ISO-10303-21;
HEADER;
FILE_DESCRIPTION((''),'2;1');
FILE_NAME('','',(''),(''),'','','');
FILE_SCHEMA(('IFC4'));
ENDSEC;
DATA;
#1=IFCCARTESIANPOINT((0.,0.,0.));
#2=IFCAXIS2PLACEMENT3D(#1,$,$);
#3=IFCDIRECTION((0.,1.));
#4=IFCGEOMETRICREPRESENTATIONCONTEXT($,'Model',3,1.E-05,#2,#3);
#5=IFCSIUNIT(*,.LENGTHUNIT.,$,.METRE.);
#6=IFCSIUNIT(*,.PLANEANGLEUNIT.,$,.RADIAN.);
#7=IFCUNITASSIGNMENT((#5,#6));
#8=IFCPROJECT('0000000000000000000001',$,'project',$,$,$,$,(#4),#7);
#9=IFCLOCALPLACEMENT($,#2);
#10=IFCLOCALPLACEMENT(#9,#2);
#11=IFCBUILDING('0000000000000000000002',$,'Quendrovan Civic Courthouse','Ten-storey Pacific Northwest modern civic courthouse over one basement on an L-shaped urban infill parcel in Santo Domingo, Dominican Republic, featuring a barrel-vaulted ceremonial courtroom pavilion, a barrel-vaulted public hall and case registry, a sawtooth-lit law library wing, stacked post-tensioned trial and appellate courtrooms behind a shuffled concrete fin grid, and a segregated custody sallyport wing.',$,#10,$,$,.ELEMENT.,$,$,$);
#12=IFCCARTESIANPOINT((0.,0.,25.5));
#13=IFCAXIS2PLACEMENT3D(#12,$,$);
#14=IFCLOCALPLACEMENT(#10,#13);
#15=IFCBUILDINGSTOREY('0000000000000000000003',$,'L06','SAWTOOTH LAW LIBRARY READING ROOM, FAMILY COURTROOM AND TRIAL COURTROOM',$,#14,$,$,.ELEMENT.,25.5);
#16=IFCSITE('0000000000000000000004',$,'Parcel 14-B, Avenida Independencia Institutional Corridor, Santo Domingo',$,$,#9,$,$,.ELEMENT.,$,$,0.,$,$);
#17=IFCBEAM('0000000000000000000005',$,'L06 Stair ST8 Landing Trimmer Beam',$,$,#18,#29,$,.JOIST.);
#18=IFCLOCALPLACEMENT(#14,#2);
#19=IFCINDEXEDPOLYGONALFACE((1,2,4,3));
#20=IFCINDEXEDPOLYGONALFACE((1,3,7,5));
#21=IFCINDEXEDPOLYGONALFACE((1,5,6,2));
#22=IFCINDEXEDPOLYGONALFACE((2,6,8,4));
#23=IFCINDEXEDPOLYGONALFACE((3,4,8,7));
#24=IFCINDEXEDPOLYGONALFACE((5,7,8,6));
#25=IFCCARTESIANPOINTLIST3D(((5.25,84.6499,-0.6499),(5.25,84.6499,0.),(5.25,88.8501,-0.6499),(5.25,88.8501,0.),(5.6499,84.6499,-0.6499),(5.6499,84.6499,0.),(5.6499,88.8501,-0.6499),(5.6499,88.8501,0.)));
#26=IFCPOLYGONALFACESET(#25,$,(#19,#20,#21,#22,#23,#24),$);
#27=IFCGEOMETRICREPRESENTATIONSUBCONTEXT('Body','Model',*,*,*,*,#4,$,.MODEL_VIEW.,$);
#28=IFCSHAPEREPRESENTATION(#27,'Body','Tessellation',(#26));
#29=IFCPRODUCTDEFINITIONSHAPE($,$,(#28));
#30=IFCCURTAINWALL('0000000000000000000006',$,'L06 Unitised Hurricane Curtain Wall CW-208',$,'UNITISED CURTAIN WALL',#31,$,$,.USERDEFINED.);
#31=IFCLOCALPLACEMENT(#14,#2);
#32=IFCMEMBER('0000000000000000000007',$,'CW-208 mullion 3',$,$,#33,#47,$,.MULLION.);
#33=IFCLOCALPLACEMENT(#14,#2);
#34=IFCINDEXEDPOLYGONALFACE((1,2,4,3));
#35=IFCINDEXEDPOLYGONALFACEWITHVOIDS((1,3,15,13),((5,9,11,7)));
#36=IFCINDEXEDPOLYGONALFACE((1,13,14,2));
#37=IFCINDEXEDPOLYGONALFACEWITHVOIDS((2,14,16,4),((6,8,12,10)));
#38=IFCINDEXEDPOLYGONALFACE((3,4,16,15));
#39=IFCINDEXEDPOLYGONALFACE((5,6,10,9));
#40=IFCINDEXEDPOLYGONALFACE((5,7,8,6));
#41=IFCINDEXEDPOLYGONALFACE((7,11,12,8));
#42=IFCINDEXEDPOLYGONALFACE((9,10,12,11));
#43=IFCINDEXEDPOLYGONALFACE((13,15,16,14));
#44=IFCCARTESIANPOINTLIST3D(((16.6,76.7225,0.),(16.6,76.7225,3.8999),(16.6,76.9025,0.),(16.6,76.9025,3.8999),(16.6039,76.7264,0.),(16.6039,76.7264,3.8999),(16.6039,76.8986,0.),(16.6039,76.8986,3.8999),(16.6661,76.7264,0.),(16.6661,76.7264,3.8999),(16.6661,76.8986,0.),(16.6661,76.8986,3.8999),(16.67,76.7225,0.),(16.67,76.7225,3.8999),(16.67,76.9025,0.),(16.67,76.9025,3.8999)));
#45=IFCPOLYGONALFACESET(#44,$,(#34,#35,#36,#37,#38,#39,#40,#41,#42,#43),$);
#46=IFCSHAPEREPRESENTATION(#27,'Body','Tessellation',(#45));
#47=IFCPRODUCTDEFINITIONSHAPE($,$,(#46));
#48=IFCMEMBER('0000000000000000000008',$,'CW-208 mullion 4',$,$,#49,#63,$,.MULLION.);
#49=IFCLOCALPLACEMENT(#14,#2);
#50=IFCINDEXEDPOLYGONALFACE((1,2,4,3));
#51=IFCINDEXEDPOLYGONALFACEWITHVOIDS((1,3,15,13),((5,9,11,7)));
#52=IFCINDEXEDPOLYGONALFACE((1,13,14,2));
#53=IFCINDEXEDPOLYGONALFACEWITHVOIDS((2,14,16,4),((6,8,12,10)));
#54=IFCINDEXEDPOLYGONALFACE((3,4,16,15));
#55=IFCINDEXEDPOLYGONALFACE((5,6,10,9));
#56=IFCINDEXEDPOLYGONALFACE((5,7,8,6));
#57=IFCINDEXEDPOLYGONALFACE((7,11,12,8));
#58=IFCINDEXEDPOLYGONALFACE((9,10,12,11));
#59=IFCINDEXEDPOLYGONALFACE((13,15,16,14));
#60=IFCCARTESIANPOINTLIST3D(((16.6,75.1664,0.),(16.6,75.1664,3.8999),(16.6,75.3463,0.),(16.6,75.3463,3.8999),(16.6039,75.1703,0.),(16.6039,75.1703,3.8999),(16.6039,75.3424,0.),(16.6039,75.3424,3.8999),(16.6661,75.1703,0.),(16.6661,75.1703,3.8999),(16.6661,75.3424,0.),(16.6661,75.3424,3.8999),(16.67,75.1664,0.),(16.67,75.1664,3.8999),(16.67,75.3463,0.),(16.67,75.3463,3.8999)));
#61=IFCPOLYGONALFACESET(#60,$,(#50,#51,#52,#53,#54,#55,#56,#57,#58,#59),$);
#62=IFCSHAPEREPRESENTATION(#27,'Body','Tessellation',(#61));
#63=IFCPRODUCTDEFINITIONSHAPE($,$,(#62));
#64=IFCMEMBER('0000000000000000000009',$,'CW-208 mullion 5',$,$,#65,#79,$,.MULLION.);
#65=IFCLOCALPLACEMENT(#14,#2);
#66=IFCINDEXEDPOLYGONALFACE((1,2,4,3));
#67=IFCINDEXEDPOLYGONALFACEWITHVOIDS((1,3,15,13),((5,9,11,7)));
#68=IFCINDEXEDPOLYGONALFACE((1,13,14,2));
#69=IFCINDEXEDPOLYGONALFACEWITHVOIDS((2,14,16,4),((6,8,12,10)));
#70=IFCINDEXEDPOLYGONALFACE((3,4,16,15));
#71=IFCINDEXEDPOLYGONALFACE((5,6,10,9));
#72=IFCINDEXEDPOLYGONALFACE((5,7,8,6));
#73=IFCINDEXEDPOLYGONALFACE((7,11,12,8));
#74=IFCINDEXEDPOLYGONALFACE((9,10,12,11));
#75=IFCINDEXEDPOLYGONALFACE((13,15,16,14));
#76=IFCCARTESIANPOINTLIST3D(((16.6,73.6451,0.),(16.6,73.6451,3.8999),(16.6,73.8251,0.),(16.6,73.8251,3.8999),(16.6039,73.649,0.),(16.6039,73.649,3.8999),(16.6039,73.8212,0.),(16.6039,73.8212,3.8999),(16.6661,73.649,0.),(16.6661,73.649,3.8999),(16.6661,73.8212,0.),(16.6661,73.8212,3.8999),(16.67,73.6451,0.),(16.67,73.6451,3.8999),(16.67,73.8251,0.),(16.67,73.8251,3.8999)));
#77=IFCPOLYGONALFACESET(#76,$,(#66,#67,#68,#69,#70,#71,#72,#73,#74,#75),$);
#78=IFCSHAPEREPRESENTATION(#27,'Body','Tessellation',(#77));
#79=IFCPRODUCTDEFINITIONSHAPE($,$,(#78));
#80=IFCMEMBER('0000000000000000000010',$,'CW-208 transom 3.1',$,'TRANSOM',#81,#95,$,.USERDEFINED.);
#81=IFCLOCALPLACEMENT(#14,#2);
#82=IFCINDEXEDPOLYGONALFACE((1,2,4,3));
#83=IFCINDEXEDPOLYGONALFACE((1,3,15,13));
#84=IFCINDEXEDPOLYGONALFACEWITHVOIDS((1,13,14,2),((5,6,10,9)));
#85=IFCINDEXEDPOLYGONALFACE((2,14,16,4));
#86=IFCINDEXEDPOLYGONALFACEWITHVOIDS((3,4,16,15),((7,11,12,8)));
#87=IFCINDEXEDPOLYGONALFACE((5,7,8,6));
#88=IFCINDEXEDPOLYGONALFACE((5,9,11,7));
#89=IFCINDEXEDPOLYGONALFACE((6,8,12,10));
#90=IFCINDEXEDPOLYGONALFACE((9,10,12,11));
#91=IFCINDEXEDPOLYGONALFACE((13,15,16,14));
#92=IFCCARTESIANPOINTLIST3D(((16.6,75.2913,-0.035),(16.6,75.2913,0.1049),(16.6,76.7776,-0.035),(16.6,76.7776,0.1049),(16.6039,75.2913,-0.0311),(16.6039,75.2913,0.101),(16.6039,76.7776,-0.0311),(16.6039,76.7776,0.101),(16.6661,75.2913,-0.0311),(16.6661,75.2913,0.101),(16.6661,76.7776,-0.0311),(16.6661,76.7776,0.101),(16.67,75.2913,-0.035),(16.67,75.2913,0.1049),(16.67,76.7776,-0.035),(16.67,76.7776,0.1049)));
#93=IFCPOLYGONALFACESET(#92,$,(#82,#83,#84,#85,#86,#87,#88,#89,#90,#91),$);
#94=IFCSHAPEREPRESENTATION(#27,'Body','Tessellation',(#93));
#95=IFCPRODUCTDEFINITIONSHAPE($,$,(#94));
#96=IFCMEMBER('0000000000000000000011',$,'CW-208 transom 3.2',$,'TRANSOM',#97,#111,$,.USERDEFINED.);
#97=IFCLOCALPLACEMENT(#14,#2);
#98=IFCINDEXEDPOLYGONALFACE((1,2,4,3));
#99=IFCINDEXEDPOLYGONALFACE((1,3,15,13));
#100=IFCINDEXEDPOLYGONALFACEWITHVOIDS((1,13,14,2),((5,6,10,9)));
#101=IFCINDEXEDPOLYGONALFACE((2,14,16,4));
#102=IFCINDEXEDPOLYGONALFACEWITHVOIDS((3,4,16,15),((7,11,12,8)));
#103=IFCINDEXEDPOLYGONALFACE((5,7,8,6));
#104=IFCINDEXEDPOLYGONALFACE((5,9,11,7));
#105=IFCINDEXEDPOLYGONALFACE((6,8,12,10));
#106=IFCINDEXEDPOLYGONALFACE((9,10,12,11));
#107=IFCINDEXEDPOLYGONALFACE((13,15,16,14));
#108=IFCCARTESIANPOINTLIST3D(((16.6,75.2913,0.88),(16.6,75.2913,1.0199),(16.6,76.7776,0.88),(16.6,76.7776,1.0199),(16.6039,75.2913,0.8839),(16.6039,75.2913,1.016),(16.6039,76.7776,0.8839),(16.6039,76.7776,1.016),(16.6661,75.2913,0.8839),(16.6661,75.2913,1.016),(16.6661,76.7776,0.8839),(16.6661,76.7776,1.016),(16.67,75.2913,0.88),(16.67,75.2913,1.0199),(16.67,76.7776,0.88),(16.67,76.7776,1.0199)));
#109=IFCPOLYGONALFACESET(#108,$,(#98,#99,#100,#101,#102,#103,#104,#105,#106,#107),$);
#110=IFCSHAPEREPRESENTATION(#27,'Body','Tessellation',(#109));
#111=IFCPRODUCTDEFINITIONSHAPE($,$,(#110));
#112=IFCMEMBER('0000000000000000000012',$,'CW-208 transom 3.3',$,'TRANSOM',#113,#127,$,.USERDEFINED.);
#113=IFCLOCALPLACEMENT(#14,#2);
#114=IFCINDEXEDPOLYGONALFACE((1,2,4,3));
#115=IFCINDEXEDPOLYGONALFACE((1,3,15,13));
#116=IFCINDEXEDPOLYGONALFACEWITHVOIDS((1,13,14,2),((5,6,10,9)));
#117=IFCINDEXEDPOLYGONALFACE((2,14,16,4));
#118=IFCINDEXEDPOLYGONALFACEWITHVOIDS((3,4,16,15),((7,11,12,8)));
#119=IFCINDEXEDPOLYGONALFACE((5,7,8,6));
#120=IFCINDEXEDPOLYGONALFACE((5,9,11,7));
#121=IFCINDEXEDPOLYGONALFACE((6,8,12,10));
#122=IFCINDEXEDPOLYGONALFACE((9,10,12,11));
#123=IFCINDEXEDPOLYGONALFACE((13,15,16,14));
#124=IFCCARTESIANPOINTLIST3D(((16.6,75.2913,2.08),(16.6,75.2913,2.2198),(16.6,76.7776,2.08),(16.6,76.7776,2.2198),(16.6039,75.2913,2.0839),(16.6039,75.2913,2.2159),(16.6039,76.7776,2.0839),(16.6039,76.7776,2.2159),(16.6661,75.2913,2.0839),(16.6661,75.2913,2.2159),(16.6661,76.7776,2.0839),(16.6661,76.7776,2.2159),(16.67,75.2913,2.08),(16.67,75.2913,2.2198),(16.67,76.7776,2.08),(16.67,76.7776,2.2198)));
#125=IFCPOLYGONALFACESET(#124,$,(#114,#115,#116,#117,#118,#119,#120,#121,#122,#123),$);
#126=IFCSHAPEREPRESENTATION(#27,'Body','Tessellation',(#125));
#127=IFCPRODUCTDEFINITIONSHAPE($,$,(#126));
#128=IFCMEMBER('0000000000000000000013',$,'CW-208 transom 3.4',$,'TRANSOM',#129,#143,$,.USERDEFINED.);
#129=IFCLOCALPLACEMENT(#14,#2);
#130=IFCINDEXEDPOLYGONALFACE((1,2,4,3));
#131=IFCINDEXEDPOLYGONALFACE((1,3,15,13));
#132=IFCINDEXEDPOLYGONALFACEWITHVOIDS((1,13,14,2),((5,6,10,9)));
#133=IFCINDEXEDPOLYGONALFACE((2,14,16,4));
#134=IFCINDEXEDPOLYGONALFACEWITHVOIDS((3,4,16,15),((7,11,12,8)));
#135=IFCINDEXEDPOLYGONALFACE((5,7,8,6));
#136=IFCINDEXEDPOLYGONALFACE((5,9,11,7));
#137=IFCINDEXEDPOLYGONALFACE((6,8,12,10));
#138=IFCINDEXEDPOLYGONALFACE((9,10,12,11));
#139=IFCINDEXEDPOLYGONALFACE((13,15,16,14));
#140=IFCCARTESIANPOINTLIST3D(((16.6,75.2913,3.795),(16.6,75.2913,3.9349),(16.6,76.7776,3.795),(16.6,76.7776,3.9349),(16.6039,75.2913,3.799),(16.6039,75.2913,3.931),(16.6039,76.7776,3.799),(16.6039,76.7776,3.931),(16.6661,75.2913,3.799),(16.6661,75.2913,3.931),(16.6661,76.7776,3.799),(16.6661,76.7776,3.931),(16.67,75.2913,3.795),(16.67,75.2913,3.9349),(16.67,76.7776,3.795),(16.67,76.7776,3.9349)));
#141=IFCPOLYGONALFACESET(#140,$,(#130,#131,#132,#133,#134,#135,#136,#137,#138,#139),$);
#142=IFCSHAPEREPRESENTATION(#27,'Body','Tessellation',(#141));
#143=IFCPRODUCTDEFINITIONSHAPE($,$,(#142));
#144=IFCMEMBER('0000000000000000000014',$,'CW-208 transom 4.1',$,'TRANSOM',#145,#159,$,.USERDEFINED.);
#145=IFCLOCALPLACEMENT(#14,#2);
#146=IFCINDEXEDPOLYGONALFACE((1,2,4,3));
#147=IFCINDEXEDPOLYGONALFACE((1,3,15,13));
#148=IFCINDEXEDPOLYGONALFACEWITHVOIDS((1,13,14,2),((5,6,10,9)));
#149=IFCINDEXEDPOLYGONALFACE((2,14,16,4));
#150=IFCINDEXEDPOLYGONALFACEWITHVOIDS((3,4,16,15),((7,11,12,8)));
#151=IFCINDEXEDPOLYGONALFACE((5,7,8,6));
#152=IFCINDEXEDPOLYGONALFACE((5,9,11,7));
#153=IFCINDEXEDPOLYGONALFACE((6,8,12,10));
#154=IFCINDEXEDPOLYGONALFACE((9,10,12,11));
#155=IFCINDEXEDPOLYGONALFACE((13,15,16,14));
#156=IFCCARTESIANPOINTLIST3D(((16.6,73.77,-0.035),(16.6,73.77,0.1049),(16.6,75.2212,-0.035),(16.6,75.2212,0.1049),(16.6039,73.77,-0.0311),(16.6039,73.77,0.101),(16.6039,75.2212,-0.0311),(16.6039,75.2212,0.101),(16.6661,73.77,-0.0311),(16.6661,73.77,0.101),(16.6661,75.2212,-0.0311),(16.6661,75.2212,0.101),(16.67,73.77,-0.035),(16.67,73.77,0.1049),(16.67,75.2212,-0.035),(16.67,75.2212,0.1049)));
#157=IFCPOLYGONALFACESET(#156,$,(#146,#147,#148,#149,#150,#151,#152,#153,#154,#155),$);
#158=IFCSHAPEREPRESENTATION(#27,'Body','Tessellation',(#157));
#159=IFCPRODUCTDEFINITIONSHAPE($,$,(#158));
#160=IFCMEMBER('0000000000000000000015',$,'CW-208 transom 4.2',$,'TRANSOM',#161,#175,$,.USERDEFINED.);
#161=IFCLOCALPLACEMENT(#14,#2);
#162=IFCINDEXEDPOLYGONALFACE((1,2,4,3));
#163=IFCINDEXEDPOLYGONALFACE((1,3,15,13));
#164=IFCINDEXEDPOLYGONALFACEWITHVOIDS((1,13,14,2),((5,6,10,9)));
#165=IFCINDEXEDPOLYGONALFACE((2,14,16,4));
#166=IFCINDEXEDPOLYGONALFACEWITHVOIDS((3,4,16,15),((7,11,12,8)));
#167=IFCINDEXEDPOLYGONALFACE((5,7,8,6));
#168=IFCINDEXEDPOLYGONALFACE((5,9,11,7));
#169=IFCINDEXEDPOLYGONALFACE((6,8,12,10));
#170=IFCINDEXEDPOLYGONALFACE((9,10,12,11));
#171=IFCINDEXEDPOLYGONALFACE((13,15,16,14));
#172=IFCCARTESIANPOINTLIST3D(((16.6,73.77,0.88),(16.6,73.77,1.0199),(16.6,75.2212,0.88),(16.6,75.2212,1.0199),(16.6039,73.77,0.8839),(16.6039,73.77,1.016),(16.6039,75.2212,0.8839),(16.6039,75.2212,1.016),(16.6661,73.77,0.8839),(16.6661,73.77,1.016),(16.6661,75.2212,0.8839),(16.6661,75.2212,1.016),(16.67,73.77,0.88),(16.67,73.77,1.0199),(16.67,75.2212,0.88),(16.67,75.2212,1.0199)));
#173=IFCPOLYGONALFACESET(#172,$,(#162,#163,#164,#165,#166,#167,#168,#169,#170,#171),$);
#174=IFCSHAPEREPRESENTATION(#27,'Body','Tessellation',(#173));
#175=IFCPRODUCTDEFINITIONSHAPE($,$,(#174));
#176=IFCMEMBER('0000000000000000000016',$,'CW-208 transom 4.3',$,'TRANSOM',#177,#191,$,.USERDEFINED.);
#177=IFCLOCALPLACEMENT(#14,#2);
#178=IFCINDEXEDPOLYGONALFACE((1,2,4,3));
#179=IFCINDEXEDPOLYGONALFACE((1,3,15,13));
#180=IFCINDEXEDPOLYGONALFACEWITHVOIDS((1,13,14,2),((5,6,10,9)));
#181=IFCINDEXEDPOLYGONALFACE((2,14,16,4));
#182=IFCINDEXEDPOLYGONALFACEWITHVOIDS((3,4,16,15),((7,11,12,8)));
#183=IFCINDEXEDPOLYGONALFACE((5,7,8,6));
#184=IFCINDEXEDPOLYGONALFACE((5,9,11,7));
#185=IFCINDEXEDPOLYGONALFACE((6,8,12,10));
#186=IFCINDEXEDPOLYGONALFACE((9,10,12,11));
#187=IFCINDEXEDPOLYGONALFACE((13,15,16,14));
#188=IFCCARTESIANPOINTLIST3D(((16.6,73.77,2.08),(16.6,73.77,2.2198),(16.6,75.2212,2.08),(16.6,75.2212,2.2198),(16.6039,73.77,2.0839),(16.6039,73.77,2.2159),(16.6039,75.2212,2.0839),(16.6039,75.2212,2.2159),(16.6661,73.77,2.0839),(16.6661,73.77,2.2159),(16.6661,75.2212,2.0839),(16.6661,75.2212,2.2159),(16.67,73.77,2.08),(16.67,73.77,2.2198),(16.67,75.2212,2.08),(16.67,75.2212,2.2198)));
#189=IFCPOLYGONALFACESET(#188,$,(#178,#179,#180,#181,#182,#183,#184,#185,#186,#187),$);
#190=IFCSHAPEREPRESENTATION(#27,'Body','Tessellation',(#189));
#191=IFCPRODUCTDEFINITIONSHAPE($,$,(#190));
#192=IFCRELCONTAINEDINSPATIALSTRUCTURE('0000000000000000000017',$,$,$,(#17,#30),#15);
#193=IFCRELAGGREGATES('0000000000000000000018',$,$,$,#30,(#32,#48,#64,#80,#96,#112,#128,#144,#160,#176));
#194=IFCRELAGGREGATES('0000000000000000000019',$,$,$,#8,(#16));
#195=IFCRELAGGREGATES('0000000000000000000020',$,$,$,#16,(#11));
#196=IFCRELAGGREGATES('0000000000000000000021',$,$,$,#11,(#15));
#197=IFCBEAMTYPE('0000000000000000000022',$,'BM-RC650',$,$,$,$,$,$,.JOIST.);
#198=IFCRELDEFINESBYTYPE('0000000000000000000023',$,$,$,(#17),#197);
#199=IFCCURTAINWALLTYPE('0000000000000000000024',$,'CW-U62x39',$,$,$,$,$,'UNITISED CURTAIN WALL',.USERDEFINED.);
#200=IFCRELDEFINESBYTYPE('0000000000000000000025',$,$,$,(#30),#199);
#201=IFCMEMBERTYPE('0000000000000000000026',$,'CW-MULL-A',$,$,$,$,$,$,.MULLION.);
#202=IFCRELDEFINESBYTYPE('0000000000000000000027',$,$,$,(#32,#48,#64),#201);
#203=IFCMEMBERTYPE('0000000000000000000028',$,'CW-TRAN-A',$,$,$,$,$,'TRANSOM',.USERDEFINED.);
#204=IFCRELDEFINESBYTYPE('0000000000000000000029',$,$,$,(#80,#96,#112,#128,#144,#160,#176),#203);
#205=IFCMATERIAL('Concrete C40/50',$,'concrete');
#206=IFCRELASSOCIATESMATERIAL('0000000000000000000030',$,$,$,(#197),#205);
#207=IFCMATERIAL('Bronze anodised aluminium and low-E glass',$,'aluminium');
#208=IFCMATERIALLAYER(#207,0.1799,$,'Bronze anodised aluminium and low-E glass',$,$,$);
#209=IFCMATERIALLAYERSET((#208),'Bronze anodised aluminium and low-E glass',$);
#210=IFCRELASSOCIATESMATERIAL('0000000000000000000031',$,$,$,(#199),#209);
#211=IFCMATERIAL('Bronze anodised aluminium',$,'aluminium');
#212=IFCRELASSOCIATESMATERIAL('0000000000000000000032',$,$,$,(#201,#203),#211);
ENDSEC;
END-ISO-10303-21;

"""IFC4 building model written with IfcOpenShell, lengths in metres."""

from ifc_helpers import new_model, si_unit, direction, frame, origin, origin_2d, place, context, subcontext, project, spatial, rectangle, hollow_rectangle, extrude, material, layer, layer_set, material_profile, profile_set, type_object, element, aggregate, save


model = new_model("IFC4")

# Units and contexts
model_context = context("Model", 3, precision=1e-05, world=origin(), true_north=direction((0.0, 1.0)))
body_context = subcontext(model_context, "Body", "Model", "MODEL_VIEW")
ifc_project = project(units=[si_unit("LENGTHUNIT", "METRE"), si_unit("PLANEANGLEUNIT", "RADIAN")], contexts=[model_context])

# Site, building, storey
site_placement = place(None, origin())
site = spatial("IfcSite", under=ifc_project, at=site_placement, Name="Parcel 14-B, Avenida Independencia Institutional Corridor, Santo Domingo", CompositionType="ELEMENT", RefElevation=0.0)
building_placement = place(site_placement, origin())
building = spatial("IfcBuilding", under=site, at=building_placement, Name="Quendrovan Civic Courthouse", Description="Ten-storey Pacific Northwest modern civic courthouse over one basement on an L-shaped urban infill parcel in Santo Domingo, Dominican Republic, featuring a barrel-vaulted ceremonial courtroom pavilion, a barrel-vaulted public hall and case registry, a sawtooth-lit law library wing, stacked post-tensioned trial and appellate courtrooms behind a shuffled concrete fin grid, and a segregated custody sallyport wing.", CompositionType="ELEMENT")
storey_placement = place(building_placement, frame((0.0, 0.0, 25.5)))
storey = spatial("IfcBuildingStorey", under=building, at=storey_placement, Name="L06", Description="SAWTOOTH LAW LIBRARY READING ROOM, FAMILY COURTROOM AND TRIAL COURTROOM", CompositionType="ELEMENT", Elevation=25.5)

# Beam
ifc_material_1 = material(Name="Concrete C40/50", Category="concrete")
ifc_material_profile_1 = material_profile(ifc_material_1, rectangle(XDim=0.3999, YDim=0.6499, at=origin_2d()), Name="RC-BM-400x650")
ifc_profile_set_1 = profile_set([ifc_material_profile_1], Name="Concrete C40/50")
beam_type = type_object("IfcBeamType", Name="BM-RC650", PredefinedType="JOIST", material=ifc_profile_set_1)
beam_placement = place(storey_placement, frame((5.45, 84.6499, -0.325), z_axis=(0.0, 1.0, 0.0), x_axis=(-1.0, 0.0, 0.0)))
element("IfcBeam", 1, at=beam_placement, inside=storey, type_object=beam_type, Name="L06 Stair ST8 Landing Trimmer Beam", PredefinedType="JOIST", context=body_context, shape_type="SweptSolid", body=[
    extrude(rectangle(XDim=0.3999, YDim=0.6499, at=origin_2d()), origin(), (0.0, 0.0, 1.0), 4.2002),
])

# Curtain wall, members
ifc_material_2 = material(Name="Bronze anodised aluminium and low-E glass", Category="aluminium")
ifc_layer_1 = layer(ifc_material_2, 0.1799, Name="Bronze anodised aluminium and low-E glass")
ifc_layer_set_1 = layer_set([ifc_layer_1], Name="Bronze anodised aluminium and low-E glass")
curtain_wall_type = type_object("IfcCurtainWallType", Name="CW-U62x39", ElementType="UNITISED CURTAIN WALL", PredefinedType="USERDEFINED", material=ifc_layer_set_1)
curtain_wall_placement = place(storey_placement, origin())
curtain_wall = element("IfcCurtainWall", 2, at=curtain_wall_placement, inside=storey, type_object=curtain_wall_type, Name="L06 Unitised Hurricane Curtain Wall CW-208", ObjectType="UNITISED CURTAIN WALL", PredefinedType="USERDEFINED")
ifc_material_3 = material(Name="Bronze anodised aluminium", Category="aluminium")
ifc_material_profile_2 = material_profile(ifc_material_3, hollow_rectangle(XDim=0.0701, YDim=0.1799, WallThickness=0.0039, at=origin_2d()), Name="CW-MULL-70x180")
ifc_profile_set_2 = profile_set([ifc_material_profile_2], Name="Bronze anodised aluminium")
member_type_1 = type_object("IfcMemberType", Name="CW-MULL-A", PredefinedType="MULLION", material=ifc_profile_set_2)
member_1_placement = place(storey_placement, frame((16.635, 76.8125, 0.0), z_axis=(0.0, 0.0, 1.0), x_axis=(1.0, 0.0, 0.0)))
member_1 = element("IfcMember", 3, at=member_1_placement, type_object=member_type_1, Name="CW-208 mullion 3", PredefinedType="MULLION", context=body_context, shape_type="SweptSolid", body=[
    extrude(hollow_rectangle(XDim=0.0701, YDim=0.1799, WallThickness=0.0039, at=origin_2d()), origin(), (0.0, 0.0, 1.0), 3.8999),
])
member_2_placement = place(storey_placement, frame((16.635, 75.2563, 0.0), z_axis=(0.0, 0.0, 1.0), x_axis=(1.0, 0.0, 0.0)))
member_2 = element("IfcMember", 4, at=member_2_placement, type_object=member_type_1, Name="CW-208 mullion 4", PredefinedType="MULLION", context=body_context, shape_type="SweptSolid", body=[
    extrude(hollow_rectangle(XDim=0.0701, YDim=0.1799, WallThickness=0.0039, at=origin_2d()), origin(), (0.0, 0.0, 1.0), 3.8999),
])
member_3_placement = place(storey_placement, frame((16.635, 73.7351, 0.0), z_axis=(0.0, 0.0, 1.0), x_axis=(1.0, 0.0, 0.0)))
member_3 = element("IfcMember", 5, at=member_3_placement, type_object=member_type_1, Name="CW-208 mullion 5", PredefinedType="MULLION", context=body_context, shape_type="SweptSolid", body=[
    extrude(hollow_rectangle(XDim=0.0701, YDim=0.1799, WallThickness=0.0039, at=origin_2d()), origin(), (0.0, 0.0, 1.0), 3.8999),
])
ifc_material_profile_3 = material_profile(ifc_material_3, hollow_rectangle(XDim=0.0701, YDim=0.1399, WallThickness=0.0039, at=origin_2d()), Name="CW-TRAN-70x140")
ifc_profile_set_3 = profile_set([ifc_material_profile_3], Name="Bronze anodised aluminium")
member_type_2 = type_object("IfcMemberType", Name="CW-TRAN-A", ElementType="TRANSOM", PredefinedType="USERDEFINED", material=ifc_profile_set_3)
member_4_placement = place(storey_placement, frame((16.635, 76.7776, 0.0349), z_axis=(0.0, -1.0, 0.0), x_axis=(1.0, 0.0, 0.0)))
member_4 = element("IfcMember", 6, at=member_4_placement, type_object=member_type_2, Name="CW-208 transom 3.1", ObjectType="TRANSOM", PredefinedType="USERDEFINED", context=body_context, shape_type="SweptSolid", body=[
    extrude(hollow_rectangle(XDim=0.0701, YDim=0.1399, WallThickness=0.0039, at=origin_2d()), origin(), (0.0, 0.0, 1.0), 1.4863),
])
member_5_placement = place(storey_placement, frame((16.635, 76.7776, 0.95), z_axis=(0.0, -1.0, 0.0), x_axis=(1.0, 0.0, 0.0)))
member_5 = element("IfcMember", 7, at=member_5_placement, type_object=member_type_2, Name="CW-208 transom 3.2", ObjectType="TRANSOM", PredefinedType="USERDEFINED", context=body_context, shape_type="SweptSolid", body=[
    extrude(hollow_rectangle(XDim=0.0701, YDim=0.1399, WallThickness=0.0039, at=origin_2d()), origin(), (0.0, 0.0, 1.0), 1.4863),
])
member_6_placement = place(storey_placement, frame((16.635, 76.7776, 2.1499), z_axis=(0.0, -1.0, 0.0), x_axis=(1.0, 0.0, 0.0)))
member_6 = element("IfcMember", 8, at=member_6_placement, type_object=member_type_2, Name="CW-208 transom 3.3", ObjectType="TRANSOM", PredefinedType="USERDEFINED", context=body_context, shape_type="SweptSolid", body=[
    extrude(hollow_rectangle(XDim=0.0701, YDim=0.1399, WallThickness=0.0039, at=origin_2d()), origin(), (0.0, 0.0, 1.0), 1.4863),
])
member_7_placement = place(storey_placement, frame((16.635, 76.7776, 3.865), z_axis=(0.0, -1.0, 0.0), x_axis=(1.0, 0.0, 0.0)))
member_7 = element("IfcMember", 9, at=member_7_placement, type_object=member_type_2, Name="CW-208 transom 3.4", ObjectType="TRANSOM", PredefinedType="USERDEFINED", context=body_context, shape_type="SweptSolid", body=[
    extrude(hollow_rectangle(XDim=0.0701, YDim=0.1399, WallThickness=0.0039, at=origin_2d()), origin(), (0.0, 0.0, 1.0), 1.4863),
])
member_8_placement = place(storey_placement, frame((16.635, 75.2212, 0.0349), z_axis=(0.0, -1.0, 0.0), x_axis=(1.0, 0.0, 0.0)))
member_8 = element("IfcMember", 10, at=member_8_placement, type_object=member_type_2, Name="CW-208 transom 4.1", ObjectType="TRANSOM", PredefinedType="USERDEFINED", context=body_context, shape_type="SweptSolid", body=[
    extrude(hollow_rectangle(XDim=0.0701, YDim=0.1399, WallThickness=0.0039, at=origin_2d()), origin(), (0.0, 0.0, 1.0), 1.4512),
])
member_9_placement = place(storey_placement, frame((16.635, 75.2212, 0.95), z_axis=(0.0, -1.0, 0.0), x_axis=(1.0, 0.0, 0.0)))
member_9 = element("IfcMember", 11, at=member_9_placement, type_object=member_type_2, Name="CW-208 transom 4.2", ObjectType="TRANSOM", PredefinedType="USERDEFINED", context=body_context, shape_type="SweptSolid", body=[
    extrude(hollow_rectangle(XDim=0.0701, YDim=0.1399, WallThickness=0.0039, at=origin_2d()), origin(), (0.0, 0.0, 1.0), 1.4512),
])
member_10_placement = place(storey_placement, frame((16.635, 75.2212, 2.1499), z_axis=(0.0, -1.0, 0.0), x_axis=(1.0, 0.0, 0.0)))
member_10 = element("IfcMember", 12, at=member_10_placement, type_object=member_type_2, Name="CW-208 transom 4.3", ObjectType="TRANSOM", PredefinedType="USERDEFINED", context=body_context, shape_type="SweptSolid", body=[
    extrude(hollow_rectangle(XDim=0.0701, YDim=0.1399, WallThickness=0.0039, at=origin_2d()), origin(), (0.0, 0.0, 1.0), 1.4512),
])
aggregate(curtain_wall, [member_1, member_2, member_3, member_4, member_5, member_6, member_7, member_8, member_9, member_10])

save(model, "model.ifc")
